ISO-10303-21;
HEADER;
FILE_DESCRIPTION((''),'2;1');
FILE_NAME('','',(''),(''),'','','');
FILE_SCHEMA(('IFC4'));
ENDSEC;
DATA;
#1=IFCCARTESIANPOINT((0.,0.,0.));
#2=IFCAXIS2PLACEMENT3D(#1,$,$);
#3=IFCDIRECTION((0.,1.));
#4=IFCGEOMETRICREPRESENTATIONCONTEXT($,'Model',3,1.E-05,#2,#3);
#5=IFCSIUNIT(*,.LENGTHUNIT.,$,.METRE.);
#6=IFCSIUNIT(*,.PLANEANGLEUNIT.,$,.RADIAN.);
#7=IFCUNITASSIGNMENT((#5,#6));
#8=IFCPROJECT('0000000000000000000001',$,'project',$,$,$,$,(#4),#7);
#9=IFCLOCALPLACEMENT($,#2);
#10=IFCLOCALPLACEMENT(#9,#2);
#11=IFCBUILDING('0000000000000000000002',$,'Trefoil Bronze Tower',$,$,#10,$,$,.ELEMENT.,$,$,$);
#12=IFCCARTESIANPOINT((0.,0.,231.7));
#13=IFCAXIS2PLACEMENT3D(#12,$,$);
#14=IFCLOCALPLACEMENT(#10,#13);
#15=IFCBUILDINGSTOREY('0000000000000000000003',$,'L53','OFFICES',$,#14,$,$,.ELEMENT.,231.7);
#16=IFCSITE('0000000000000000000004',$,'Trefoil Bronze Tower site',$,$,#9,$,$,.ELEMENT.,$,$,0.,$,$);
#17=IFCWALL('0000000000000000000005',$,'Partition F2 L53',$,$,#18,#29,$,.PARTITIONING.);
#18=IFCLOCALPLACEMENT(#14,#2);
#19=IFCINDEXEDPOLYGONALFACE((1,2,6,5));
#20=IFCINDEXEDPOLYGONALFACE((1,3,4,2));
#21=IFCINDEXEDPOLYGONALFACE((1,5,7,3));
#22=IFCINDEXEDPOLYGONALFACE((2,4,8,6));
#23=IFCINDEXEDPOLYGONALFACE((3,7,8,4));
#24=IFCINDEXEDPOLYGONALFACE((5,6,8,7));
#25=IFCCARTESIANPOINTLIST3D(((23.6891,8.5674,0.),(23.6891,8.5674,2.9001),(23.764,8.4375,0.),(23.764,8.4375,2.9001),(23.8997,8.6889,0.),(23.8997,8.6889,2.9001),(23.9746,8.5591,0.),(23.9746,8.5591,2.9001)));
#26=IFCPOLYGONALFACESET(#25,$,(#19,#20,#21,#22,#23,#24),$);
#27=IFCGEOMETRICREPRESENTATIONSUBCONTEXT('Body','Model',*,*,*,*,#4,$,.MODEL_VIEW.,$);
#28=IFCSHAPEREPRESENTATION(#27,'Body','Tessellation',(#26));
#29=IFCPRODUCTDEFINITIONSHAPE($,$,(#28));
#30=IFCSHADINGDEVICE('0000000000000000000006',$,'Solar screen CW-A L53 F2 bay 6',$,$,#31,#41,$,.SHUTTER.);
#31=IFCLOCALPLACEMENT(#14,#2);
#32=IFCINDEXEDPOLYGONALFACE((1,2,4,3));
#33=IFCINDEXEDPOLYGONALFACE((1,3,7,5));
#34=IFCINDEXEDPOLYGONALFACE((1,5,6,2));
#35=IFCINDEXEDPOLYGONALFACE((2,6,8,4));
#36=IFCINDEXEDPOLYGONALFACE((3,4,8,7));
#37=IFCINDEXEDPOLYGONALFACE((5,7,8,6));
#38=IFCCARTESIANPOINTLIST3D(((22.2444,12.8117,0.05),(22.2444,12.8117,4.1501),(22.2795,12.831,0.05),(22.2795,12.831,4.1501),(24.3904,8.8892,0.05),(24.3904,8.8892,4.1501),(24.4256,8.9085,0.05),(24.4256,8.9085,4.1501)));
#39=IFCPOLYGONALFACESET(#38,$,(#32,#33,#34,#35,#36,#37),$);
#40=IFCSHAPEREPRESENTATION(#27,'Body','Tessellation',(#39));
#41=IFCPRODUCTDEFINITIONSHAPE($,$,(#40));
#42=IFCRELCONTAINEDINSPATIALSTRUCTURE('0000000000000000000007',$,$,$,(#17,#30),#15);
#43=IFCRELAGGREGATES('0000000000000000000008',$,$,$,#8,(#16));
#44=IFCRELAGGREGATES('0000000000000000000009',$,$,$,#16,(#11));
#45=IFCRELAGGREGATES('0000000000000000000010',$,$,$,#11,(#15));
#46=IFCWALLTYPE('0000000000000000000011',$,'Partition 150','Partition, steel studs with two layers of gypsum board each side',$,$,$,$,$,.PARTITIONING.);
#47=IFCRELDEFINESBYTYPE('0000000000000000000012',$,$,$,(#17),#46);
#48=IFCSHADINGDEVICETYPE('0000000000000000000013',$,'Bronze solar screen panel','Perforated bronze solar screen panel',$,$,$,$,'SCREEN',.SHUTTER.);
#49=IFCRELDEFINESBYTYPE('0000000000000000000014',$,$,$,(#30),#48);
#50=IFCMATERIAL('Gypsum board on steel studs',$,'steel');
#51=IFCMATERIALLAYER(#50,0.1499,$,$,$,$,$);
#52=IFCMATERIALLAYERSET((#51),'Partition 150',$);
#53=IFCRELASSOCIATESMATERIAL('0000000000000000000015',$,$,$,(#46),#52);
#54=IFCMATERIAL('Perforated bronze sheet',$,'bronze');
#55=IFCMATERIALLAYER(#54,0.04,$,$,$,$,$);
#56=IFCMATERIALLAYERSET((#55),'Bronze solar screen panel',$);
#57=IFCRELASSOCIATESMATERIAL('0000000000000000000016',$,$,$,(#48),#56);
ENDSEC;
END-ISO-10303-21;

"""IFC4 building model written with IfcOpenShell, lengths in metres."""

from ifc_helpers import new_model, si_unit, direction, frame, frame_2d, origin, origin_2d, place, context, subcontext, project, spatial, rectangle, extrude, material, layer, layer_set, type_object, element, save


model = new_model("IFC4")

# Units and contexts
model_context = context("Model", 3, precision=1e-05, world=origin(), true_north=direction((0.0, 1.0)))
body_context = subcontext(model_context, "Body", "Model", "MODEL_VIEW")
ifc_project = project(units=[si_unit("LENGTHUNIT", "METRE"), si_unit("PLANEANGLEUNIT", "RADIAN")], contexts=[model_context])

# Site, building, storey
site_placement = place(None, origin())
site = spatial("IfcSite", under=ifc_project, at=site_placement, Name="Trefoil Bronze Tower site", CompositionType="ELEMENT", RefElevation=0.0)
building_placement = place(site_placement, origin())
building = spatial("IfcBuilding", under=site, at=building_placement, Name="Trefoil Bronze Tower", CompositionType="ELEMENT")
storey_placement = place(building_placement, frame((0.0, 0.0, 231.7)))
storey = spatial("IfcBuildingStorey", under=building, at=storey_placement, Name="L53", Description="OFFICES", CompositionType="ELEMENT", Elevation=231.7)

# Wall
ifc_material_1 = material(Name="Gypsum board on steel studs", Category="steel")
ifc_layer_1 = layer(ifc_material_1, 0.1499)
ifc_layer_set_1 = layer_set([ifc_layer_1], Name="Partition 150")
wall_type_1 = type_object("IfcWallType", Name="Partition 150", Description="Partition, steel studs with two layers of gypsum board each side", PredefinedType="PARTITIONING", material=ifc_layer_set_1)
wall_1_placement = place(storey_placement, frame((23.7266, 8.5024, 0.0), z_axis=(0.0, 0.0, 1.0), x_axis=(0.866135, 0.499809, 0.0)))
element("IfcWall", 1, at=wall_1_placement, inside=storey, type_object=wall_type_1, Name="Partition F2 L53", PredefinedType="PARTITIONING", context=body_context, shape_type="SweptSolid", body=[
    extrude(rectangle(XDim=0.2432, YDim=0.1499, at=frame_2d((0.1216, 0.0))), origin(), (0.0, 0.0, 1.0), 2.9001),
])

# Shading device
ifc_material_2 = material(Name="Perforated bronze sheet", Category="bronze")
ifc_layer_2 = layer(ifc_material_2, 0.04)
ifc_layer_set_2 = layer_set([ifc_layer_2], Name="Bronze solar screen panel")
shading_device_type = type_object("IfcShadingDeviceType", Name="Bronze solar screen panel", Description="Perforated bronze solar screen panel", ElementType="SCREEN", PredefinedType="SHUTTER", material=ifc_layer_set_2)
shading_device_placement = place(storey_placement, frame((23.335, 10.8601, 0.05), z_axis=(0.0, 0.0, 1.0), x_axis=(-0.479974, 0.877283, 0.0)))
element("IfcShadingDevice", 2, at=shading_device_placement, inside=storey, type_object=shading_device_type, Name="Solar screen CW-A L53 F2 bay 6", PredefinedType="SHUTTER", context=body_context, shape_type="SweptSolid", body=[
    extrude(rectangle(XDim=4.4712, YDim=0.04, at=origin_2d()), origin(), (0.0, 0.0, 1.0), 4.1001),
])

save(model, "model.ifc")
